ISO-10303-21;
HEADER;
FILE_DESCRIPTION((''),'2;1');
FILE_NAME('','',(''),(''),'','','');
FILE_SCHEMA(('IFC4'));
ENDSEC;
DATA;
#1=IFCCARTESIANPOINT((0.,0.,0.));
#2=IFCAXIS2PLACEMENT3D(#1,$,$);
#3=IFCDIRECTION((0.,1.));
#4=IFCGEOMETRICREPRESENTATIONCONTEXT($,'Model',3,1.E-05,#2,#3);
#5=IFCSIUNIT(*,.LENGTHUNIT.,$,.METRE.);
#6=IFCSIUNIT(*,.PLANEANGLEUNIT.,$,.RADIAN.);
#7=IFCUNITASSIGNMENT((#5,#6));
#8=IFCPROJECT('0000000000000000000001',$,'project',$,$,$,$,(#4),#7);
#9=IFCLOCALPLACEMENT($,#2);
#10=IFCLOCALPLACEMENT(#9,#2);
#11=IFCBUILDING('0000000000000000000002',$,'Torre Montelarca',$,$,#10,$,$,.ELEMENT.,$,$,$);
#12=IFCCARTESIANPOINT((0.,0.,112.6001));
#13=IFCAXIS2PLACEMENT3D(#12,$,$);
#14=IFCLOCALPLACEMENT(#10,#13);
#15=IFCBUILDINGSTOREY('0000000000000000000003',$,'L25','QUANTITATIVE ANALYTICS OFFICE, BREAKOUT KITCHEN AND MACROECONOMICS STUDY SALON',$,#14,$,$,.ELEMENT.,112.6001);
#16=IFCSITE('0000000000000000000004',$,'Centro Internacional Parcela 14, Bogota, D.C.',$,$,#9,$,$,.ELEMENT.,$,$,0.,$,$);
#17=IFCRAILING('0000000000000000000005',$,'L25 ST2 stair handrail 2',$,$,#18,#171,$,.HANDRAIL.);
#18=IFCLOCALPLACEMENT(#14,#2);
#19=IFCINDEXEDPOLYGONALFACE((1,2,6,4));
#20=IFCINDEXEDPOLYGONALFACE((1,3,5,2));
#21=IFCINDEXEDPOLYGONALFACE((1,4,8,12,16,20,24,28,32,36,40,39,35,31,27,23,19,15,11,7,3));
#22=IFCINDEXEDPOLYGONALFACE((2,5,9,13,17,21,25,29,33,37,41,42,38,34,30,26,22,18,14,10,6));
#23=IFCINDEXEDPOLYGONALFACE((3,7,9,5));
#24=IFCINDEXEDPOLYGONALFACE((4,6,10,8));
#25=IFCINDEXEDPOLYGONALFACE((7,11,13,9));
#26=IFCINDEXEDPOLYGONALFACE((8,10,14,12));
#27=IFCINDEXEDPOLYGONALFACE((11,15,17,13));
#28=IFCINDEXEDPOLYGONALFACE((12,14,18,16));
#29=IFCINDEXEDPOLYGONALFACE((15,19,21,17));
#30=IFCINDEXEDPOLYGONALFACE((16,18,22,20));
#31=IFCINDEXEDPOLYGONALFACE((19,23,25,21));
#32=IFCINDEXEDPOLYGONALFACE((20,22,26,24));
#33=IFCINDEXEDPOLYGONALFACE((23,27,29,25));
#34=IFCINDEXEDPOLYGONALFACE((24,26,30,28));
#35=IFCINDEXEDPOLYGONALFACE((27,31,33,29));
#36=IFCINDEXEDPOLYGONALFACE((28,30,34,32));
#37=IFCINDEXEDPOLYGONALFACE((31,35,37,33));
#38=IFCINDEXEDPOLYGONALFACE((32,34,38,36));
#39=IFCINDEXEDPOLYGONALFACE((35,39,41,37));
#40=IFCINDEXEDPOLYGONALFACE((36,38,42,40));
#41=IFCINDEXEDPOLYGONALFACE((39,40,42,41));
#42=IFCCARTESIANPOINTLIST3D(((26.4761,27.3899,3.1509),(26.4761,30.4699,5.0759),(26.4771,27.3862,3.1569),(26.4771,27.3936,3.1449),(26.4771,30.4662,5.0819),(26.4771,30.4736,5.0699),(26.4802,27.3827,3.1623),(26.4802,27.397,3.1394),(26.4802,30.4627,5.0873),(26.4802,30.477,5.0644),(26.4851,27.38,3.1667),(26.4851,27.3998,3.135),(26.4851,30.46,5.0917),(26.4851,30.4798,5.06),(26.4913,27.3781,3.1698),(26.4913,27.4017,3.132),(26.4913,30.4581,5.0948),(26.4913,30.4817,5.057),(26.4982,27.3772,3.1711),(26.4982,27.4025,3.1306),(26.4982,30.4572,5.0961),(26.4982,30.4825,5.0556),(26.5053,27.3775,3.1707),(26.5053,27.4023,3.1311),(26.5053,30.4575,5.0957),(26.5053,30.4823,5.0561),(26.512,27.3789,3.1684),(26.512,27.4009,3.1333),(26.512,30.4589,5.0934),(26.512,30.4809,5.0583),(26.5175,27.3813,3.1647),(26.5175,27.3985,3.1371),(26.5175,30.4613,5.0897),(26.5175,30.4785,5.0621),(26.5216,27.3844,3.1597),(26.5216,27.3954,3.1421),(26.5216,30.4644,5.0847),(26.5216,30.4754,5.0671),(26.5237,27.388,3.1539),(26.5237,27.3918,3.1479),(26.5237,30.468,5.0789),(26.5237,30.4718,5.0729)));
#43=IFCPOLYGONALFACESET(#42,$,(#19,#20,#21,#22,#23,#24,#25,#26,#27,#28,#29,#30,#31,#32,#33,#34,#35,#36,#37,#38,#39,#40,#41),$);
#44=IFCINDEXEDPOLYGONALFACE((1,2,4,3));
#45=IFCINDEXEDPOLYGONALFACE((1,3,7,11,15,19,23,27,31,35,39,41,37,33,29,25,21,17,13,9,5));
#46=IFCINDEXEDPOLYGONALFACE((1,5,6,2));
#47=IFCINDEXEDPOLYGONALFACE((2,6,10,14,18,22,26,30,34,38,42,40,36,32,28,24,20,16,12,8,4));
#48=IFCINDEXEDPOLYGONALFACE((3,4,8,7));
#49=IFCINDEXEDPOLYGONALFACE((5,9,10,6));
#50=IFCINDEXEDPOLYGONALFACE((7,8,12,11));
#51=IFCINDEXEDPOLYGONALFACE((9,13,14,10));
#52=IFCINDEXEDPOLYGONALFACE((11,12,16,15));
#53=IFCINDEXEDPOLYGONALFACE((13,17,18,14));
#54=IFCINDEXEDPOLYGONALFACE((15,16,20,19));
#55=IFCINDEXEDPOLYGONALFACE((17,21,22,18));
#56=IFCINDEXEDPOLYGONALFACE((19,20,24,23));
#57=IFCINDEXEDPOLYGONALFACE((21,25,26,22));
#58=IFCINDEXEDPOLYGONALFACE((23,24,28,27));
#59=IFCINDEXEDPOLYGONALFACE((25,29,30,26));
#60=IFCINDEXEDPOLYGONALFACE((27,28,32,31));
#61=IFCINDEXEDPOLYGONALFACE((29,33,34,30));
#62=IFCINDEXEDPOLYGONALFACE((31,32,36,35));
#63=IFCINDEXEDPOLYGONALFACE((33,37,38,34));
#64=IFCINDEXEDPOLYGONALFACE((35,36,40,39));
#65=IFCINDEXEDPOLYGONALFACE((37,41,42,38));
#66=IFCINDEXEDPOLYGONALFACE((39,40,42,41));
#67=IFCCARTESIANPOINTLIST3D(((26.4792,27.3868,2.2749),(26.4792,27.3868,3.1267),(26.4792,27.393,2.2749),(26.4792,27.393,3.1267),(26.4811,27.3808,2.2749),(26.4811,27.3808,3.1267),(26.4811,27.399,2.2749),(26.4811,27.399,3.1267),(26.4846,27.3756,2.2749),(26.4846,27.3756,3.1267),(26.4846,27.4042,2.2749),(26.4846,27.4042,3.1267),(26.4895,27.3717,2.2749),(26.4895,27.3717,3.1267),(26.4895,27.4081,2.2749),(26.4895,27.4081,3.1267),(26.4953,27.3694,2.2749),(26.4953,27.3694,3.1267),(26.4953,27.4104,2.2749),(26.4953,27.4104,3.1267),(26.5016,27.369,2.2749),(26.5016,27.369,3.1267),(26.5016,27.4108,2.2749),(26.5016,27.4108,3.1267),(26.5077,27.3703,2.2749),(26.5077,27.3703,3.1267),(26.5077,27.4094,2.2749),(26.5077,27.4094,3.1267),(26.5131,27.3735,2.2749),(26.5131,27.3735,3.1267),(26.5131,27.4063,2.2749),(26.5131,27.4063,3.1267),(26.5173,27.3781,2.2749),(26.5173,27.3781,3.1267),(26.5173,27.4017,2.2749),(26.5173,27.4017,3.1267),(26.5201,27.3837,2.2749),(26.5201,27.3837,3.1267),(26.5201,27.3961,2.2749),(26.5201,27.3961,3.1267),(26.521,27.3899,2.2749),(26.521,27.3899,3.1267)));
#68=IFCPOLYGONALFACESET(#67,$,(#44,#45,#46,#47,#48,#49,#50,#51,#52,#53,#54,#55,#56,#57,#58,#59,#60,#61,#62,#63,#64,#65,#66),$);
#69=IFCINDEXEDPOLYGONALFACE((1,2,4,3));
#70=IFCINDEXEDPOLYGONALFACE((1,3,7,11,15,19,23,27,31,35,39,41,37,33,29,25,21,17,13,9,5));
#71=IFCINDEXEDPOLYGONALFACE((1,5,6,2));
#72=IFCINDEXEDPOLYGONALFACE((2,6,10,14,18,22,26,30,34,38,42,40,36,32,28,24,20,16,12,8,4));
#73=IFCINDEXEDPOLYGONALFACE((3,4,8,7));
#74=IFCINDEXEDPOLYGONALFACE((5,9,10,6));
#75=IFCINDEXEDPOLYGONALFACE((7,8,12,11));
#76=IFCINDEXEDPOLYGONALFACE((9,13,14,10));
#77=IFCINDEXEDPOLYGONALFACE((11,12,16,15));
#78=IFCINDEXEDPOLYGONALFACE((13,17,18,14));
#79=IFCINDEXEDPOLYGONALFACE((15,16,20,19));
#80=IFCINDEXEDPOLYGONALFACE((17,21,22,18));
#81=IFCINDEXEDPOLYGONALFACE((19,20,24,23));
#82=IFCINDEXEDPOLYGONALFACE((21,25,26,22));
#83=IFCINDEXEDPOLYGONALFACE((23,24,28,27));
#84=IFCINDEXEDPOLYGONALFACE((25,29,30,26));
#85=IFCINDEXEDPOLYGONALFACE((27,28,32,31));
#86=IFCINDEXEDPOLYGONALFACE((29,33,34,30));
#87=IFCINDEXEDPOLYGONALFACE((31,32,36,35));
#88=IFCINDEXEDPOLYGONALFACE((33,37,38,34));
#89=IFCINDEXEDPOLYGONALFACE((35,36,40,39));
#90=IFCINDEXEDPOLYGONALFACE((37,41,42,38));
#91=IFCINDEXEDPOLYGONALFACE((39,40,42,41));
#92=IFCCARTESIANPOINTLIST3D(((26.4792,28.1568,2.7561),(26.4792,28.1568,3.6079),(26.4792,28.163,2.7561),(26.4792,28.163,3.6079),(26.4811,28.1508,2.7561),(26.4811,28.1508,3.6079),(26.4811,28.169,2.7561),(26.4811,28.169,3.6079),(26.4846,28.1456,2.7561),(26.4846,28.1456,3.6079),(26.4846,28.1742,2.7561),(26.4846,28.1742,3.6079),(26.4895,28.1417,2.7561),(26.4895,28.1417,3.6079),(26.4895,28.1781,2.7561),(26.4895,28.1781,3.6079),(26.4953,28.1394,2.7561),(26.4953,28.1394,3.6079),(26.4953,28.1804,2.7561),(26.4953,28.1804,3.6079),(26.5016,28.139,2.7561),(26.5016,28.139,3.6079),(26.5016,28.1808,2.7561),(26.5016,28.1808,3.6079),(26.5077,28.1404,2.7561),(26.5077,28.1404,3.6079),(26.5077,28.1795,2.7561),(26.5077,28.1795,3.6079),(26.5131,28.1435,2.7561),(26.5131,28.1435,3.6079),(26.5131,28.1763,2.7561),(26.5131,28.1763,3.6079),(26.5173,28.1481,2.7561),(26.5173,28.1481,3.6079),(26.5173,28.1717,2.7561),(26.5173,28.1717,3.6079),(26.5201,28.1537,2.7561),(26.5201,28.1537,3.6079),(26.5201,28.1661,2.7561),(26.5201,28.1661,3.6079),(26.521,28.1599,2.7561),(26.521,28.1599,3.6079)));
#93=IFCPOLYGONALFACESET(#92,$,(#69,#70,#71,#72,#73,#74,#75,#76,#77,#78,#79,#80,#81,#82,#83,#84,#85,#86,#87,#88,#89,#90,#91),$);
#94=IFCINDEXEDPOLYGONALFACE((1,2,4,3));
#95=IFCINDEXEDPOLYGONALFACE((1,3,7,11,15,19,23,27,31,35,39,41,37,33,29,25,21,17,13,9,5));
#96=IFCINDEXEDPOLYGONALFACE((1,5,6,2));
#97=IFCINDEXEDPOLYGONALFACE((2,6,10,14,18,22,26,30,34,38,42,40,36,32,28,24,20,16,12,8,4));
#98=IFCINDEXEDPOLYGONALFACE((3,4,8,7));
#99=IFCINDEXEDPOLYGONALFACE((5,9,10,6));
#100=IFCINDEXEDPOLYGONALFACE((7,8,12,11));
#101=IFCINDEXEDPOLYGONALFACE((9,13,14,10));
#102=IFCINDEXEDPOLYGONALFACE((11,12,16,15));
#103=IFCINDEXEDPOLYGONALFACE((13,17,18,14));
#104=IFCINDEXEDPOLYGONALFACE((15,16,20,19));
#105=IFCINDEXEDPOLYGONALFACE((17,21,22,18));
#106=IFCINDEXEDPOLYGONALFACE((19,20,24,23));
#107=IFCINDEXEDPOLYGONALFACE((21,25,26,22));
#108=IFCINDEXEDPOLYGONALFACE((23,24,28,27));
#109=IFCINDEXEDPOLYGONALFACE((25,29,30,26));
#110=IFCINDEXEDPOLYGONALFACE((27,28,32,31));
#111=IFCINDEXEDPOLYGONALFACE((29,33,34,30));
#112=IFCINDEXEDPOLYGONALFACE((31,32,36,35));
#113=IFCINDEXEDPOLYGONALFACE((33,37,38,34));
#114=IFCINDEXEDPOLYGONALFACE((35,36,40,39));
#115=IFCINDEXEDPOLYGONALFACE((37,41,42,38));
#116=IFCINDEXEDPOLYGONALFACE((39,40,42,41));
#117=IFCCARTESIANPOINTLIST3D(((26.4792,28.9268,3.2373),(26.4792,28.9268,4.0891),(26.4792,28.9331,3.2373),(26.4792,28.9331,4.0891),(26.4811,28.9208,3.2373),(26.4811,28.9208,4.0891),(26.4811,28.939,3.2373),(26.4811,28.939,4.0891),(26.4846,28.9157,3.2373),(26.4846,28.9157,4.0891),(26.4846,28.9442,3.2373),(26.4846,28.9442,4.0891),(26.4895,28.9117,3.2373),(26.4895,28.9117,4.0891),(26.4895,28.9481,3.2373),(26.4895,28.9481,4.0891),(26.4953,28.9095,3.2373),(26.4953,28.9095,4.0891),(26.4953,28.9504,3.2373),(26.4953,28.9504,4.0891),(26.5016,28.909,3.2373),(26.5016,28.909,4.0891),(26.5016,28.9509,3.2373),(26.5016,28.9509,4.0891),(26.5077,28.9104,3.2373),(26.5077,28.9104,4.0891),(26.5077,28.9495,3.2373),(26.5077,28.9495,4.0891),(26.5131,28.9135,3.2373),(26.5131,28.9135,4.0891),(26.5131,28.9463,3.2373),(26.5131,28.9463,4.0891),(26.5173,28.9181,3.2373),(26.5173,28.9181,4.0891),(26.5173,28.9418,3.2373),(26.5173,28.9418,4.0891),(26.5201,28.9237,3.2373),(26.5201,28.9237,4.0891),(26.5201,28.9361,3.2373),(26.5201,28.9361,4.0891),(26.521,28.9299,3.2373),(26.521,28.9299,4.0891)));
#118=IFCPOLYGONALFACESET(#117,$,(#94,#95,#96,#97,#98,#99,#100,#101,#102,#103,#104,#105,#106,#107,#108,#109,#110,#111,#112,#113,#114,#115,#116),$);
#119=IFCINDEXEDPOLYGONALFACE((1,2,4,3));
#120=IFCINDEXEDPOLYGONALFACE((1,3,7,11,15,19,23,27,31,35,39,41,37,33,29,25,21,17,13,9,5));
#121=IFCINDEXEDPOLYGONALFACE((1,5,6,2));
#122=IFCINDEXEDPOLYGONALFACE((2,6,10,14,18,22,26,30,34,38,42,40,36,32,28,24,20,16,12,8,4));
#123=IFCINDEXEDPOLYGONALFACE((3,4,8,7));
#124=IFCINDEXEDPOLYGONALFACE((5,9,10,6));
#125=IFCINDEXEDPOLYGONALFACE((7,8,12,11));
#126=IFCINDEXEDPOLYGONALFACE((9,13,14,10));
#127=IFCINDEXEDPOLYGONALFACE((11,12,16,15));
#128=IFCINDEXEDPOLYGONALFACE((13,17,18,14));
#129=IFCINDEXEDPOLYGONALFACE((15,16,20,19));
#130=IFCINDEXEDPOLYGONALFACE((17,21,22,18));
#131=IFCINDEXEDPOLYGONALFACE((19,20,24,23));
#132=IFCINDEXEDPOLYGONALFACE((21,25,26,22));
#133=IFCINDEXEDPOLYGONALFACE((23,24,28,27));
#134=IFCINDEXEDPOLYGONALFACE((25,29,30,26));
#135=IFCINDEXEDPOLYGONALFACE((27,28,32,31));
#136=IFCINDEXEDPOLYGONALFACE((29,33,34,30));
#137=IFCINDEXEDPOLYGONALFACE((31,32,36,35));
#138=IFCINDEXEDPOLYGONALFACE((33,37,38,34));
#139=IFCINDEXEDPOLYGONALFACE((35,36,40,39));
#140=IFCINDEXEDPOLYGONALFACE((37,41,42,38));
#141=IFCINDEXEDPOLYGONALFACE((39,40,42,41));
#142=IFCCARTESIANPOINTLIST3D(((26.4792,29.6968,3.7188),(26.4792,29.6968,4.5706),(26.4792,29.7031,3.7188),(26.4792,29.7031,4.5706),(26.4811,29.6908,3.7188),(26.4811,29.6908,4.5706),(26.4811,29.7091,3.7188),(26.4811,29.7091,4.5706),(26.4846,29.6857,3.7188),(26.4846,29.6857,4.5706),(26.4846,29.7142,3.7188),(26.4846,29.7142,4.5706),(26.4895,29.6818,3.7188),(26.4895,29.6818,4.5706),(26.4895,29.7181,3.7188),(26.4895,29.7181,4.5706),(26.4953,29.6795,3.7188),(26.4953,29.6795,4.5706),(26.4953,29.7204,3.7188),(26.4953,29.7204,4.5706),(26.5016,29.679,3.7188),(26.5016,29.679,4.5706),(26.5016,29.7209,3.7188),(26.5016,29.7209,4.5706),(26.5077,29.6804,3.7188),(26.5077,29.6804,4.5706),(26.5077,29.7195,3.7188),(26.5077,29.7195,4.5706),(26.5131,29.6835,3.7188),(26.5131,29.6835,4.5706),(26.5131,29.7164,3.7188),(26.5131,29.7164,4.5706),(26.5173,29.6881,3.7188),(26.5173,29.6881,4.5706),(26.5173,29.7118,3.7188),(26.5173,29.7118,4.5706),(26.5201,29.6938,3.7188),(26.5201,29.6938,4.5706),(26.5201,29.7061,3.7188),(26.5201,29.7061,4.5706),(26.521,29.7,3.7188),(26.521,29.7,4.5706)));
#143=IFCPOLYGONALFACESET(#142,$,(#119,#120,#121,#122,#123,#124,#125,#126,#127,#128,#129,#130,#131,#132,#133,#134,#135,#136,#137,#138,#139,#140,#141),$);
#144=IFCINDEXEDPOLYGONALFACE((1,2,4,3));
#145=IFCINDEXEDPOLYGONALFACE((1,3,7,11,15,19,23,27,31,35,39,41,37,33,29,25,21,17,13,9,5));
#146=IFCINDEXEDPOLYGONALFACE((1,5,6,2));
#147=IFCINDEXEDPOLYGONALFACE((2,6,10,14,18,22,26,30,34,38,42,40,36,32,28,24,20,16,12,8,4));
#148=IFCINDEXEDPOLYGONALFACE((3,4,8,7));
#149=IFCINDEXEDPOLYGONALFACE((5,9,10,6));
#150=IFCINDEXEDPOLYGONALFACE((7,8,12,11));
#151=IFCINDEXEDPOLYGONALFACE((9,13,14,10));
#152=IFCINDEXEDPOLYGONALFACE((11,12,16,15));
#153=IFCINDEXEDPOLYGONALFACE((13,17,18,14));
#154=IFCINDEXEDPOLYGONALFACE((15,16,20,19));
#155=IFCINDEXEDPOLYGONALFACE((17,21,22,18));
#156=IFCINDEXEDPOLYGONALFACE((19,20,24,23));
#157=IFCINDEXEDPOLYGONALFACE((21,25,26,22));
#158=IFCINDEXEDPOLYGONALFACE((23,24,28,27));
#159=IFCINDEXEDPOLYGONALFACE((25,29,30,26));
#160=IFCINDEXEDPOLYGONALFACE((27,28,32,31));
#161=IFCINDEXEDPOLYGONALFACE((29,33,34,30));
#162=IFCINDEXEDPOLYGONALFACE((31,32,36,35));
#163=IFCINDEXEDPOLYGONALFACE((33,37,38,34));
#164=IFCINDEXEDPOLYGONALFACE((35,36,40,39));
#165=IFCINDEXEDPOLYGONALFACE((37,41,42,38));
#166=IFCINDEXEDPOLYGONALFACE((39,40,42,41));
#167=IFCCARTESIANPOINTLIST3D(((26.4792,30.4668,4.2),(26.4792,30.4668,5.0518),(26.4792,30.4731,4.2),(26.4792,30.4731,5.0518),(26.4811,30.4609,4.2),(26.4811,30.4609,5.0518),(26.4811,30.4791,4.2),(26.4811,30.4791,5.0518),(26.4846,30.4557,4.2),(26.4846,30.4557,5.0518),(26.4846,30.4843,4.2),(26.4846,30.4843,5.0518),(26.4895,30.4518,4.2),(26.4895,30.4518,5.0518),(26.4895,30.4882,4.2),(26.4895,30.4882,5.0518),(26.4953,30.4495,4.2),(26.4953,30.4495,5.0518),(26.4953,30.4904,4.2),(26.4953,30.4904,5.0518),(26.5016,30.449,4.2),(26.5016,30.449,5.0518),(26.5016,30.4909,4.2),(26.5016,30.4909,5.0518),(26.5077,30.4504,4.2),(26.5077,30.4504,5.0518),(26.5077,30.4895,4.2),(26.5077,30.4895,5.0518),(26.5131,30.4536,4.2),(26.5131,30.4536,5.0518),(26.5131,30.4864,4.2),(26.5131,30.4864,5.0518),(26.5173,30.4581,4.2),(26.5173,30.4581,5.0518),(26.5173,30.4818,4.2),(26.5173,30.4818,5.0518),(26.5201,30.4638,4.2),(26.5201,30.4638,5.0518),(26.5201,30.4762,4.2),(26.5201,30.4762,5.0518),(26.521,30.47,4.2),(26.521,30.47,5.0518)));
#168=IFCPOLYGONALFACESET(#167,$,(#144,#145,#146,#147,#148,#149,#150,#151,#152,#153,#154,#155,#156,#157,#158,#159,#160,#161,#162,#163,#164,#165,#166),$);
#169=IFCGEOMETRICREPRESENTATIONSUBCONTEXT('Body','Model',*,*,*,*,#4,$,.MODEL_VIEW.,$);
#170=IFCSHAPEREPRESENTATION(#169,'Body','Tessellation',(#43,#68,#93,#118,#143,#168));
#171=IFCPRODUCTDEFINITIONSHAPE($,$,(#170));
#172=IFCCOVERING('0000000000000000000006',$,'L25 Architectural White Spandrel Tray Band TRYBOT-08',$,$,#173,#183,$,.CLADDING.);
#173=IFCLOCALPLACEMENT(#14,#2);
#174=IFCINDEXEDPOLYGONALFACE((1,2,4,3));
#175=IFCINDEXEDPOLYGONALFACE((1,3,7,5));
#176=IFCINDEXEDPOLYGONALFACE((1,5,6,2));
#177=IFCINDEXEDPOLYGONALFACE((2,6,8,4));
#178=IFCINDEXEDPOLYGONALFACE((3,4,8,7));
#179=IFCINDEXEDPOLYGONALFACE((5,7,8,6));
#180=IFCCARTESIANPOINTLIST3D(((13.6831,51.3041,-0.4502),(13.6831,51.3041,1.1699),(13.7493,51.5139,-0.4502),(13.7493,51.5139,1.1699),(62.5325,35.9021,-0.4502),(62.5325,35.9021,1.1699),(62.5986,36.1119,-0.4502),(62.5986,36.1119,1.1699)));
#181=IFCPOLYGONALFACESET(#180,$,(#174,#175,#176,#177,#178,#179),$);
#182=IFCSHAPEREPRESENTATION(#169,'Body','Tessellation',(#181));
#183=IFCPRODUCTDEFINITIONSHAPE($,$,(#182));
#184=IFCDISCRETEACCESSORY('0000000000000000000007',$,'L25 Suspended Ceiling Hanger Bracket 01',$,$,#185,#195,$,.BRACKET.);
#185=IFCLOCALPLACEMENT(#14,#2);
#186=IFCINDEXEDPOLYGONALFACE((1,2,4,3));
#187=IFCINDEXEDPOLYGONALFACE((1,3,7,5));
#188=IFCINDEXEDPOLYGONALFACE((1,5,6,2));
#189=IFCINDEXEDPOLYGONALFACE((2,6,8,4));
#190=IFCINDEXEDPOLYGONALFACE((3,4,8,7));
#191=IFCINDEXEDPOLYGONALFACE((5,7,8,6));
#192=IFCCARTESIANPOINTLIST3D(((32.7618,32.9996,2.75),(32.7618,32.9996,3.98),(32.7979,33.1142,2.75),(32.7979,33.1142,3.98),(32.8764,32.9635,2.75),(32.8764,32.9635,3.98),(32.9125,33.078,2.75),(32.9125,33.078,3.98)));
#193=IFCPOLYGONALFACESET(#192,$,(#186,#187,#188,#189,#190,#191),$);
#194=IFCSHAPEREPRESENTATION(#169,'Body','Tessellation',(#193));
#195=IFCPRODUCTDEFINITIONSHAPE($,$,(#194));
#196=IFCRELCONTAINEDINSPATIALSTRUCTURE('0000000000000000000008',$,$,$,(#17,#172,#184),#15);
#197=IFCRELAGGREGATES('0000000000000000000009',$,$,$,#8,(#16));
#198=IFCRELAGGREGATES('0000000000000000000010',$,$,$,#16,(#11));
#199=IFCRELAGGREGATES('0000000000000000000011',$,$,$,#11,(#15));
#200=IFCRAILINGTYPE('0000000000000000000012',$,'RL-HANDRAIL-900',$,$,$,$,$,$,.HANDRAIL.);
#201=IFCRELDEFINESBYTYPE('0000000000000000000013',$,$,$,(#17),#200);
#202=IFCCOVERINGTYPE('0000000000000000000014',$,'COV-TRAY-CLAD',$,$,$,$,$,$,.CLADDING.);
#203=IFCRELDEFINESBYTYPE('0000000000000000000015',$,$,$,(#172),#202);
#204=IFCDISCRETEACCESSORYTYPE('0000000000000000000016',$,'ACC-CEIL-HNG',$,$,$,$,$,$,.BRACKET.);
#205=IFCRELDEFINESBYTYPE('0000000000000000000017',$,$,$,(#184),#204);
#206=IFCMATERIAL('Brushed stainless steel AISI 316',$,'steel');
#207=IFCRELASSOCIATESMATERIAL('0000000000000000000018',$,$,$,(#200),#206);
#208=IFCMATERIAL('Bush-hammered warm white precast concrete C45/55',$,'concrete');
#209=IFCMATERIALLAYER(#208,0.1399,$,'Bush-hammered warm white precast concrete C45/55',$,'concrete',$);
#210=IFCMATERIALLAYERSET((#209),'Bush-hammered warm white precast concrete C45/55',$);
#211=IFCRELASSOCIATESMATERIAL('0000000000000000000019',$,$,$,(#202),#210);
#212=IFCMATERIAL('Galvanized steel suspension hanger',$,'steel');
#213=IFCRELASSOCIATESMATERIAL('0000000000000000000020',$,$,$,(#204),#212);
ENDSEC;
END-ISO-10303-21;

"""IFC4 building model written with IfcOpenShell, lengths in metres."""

from ifc_helpers import new_model, si_unit, direction, frame, origin, origin_2d, place, context, subcontext, project, spatial, rectangle, circle, extrude, source, transform, mapped, material, layer, layer_set, type_object, element, save


model = new_model("IFC4")

# Units and contexts
model_context = context("Model", 3, precision=1e-05, world=origin(), true_north=direction((0.0, 1.0)))
body_context = subcontext(model_context, "Body", "Model", "MODEL_VIEW")
ifc_project = project(units=[si_unit("LENGTHUNIT", "METRE"), si_unit("PLANEANGLEUNIT", "RADIAN")], contexts=[model_context])

# Site, building, storey
site_placement = place(None, origin())
site = spatial("IfcSite", under=ifc_project, at=site_placement, Name="Centro Internacional Parcela 14, Bogota, D.C.", CompositionType="ELEMENT", RefElevation=0.0)
building_placement = place(site_placement, origin())
building = spatial("IfcBuilding", under=site, at=building_placement, Name="Torre Montelarca", CompositionType="ELEMENT")
storey_placement = place(building_placement, frame((0.0, 0.0, 112.6001)))
storey = spatial("IfcBuildingStorey", under=building, at=storey_placement, Name="L25", Description="QUANTITATIVE ANALYTICS OFFICE, BREAKOUT KITCHEN AND MACROECONOMICS STUDY SALON", CompositionType="ELEMENT", Elevation=112.6001)

# Railing
ifc_material_1 = material(Name="Brushed stainless steel AISI 316", Category="steel")
railing_type_1 = type_object("IfcRailingType", Name="RL-HANDRAIL-900", PredefinedType="HANDRAIL", material=ifc_material_1)
railing_1_placement = place(storey_placement, frame((26.5, 27.3899, 2.2749)))
element("IfcRailing", 1, at=railing_1_placement, inside=storey, type_object=railing_type_1, Name="L25 ST2 stair handrail 2", PredefinedType="HANDRAIL", context=body_context, shape_type="SweptSolid", body=[
    extrude(circle(Radius=0.0239, at=origin_2d()), frame((0.0, 0.0, 0.876), z_axis=(0.0, 0.847998, 0.529999), x_axis=(-1.0, 0.0, 0.0)), (0.0, 0.0, 1.0), 3.6321),
    extrude(circle(Radius=0.021, at=origin_2d()), origin(), (0.0, 0.0, 1.0), 0.8518),
    extrude(circle(Radius=0.021, at=origin_2d()), frame((0.0, 0.77, 0.4812)), (0.0, 0.0, 1.0), 0.8518),
    extrude(circle(Radius=0.021, at=origin_2d()), frame((0.0, 1.54, 0.9624)), (0.0, 0.0, 1.0), 0.8518),
    extrude(circle(Radius=0.021, at=origin_2d()), frame((0.0, 2.3101, 1.4438)), (0.0, 0.0, 1.0), 0.8518),
    extrude(circle(Radius=0.021, at=origin_2d()), frame((0.0, 3.0801, 1.925)), (0.0, 0.0, 1.0), 0.8518),
])

# Covering
ifc_material_2 = material(Name="Bush-hammered warm white precast concrete C45/55", Category="concrete")
ifc_layer_1 = layer(ifc_material_2, 0.1399, Name="Bush-hammered warm white precast concrete C45/55", Category="concrete")
ifc_layer_set_1 = layer_set([ifc_layer_1], Name="Bush-hammered warm white precast concrete C45/55")
covering_type = type_object("IfcCoveringType", Name="COV-TRAY-CLAD", PredefinedType="CLADDING", material=ifc_layer_set_1)
shared_shape_1 = source(origin(), body_context, "Body", "SweptSolid", [
    extrude(rectangle(XDim=51.22, YDim=0.22, at=origin_2d()), origin(), (0.0, 0.0, 1.0), 1.6201),
])
covering_placement = place(storey_placement, frame((38.1409, 43.708, -0.4502), z_axis=(0.0, 0.0, 1.0), x_axis=(-0.953717, 0.300704, 0.0)))
element("IfcCovering", 2, at=covering_placement, inside=storey, type_object=covering_type, Name="L25 Architectural White Spandrel Tray Band TRYBOT-08", PredefinedType="CLADDING", context=body_context, shape_type="MappedRepresentation", body=[
    mapped(shared_shape_1, transform((0.0, 0.0, 0.0), scale=1.0)),
])

# Discrete accessory
ifc_material_3 = material(Name="Galvanized steel suspension hanger", Category="steel")
discrete_accessory_type = type_object("IfcDiscreteAccessoryType", Name="ACC-CEIL-HNG", PredefinedType="BRACKET", material=ifc_material_3)
shared_shape_2 = source(origin(), body_context, "Body", "SweptSolid", [
    extrude(rectangle(XDim=0.1201, YDim=0.1201, at=origin_2d()), origin(), (0.0, 0.0, 1.0), 1.23),
])
discrete_accessory_placement = place(storey_placement, frame((32.8372, 33.0388, 2.75), z_axis=(0.0, 0.0, 1.0), x_axis=(-0.953717, 0.300706, 0.0)))
element("IfcDiscreteAccessory", 3, at=discrete_accessory_placement, inside=storey, type_object=discrete_accessory_type, Name="L25 Suspended Ceiling Hanger Bracket 01", PredefinedType="BRACKET", context=body_context, shape_type="MappedRepresentation", body=[
    mapped(shared_shape_2, transform((0.0, 0.0, 0.0), scale=1.0)),
])

save(model, "model.ifc")
